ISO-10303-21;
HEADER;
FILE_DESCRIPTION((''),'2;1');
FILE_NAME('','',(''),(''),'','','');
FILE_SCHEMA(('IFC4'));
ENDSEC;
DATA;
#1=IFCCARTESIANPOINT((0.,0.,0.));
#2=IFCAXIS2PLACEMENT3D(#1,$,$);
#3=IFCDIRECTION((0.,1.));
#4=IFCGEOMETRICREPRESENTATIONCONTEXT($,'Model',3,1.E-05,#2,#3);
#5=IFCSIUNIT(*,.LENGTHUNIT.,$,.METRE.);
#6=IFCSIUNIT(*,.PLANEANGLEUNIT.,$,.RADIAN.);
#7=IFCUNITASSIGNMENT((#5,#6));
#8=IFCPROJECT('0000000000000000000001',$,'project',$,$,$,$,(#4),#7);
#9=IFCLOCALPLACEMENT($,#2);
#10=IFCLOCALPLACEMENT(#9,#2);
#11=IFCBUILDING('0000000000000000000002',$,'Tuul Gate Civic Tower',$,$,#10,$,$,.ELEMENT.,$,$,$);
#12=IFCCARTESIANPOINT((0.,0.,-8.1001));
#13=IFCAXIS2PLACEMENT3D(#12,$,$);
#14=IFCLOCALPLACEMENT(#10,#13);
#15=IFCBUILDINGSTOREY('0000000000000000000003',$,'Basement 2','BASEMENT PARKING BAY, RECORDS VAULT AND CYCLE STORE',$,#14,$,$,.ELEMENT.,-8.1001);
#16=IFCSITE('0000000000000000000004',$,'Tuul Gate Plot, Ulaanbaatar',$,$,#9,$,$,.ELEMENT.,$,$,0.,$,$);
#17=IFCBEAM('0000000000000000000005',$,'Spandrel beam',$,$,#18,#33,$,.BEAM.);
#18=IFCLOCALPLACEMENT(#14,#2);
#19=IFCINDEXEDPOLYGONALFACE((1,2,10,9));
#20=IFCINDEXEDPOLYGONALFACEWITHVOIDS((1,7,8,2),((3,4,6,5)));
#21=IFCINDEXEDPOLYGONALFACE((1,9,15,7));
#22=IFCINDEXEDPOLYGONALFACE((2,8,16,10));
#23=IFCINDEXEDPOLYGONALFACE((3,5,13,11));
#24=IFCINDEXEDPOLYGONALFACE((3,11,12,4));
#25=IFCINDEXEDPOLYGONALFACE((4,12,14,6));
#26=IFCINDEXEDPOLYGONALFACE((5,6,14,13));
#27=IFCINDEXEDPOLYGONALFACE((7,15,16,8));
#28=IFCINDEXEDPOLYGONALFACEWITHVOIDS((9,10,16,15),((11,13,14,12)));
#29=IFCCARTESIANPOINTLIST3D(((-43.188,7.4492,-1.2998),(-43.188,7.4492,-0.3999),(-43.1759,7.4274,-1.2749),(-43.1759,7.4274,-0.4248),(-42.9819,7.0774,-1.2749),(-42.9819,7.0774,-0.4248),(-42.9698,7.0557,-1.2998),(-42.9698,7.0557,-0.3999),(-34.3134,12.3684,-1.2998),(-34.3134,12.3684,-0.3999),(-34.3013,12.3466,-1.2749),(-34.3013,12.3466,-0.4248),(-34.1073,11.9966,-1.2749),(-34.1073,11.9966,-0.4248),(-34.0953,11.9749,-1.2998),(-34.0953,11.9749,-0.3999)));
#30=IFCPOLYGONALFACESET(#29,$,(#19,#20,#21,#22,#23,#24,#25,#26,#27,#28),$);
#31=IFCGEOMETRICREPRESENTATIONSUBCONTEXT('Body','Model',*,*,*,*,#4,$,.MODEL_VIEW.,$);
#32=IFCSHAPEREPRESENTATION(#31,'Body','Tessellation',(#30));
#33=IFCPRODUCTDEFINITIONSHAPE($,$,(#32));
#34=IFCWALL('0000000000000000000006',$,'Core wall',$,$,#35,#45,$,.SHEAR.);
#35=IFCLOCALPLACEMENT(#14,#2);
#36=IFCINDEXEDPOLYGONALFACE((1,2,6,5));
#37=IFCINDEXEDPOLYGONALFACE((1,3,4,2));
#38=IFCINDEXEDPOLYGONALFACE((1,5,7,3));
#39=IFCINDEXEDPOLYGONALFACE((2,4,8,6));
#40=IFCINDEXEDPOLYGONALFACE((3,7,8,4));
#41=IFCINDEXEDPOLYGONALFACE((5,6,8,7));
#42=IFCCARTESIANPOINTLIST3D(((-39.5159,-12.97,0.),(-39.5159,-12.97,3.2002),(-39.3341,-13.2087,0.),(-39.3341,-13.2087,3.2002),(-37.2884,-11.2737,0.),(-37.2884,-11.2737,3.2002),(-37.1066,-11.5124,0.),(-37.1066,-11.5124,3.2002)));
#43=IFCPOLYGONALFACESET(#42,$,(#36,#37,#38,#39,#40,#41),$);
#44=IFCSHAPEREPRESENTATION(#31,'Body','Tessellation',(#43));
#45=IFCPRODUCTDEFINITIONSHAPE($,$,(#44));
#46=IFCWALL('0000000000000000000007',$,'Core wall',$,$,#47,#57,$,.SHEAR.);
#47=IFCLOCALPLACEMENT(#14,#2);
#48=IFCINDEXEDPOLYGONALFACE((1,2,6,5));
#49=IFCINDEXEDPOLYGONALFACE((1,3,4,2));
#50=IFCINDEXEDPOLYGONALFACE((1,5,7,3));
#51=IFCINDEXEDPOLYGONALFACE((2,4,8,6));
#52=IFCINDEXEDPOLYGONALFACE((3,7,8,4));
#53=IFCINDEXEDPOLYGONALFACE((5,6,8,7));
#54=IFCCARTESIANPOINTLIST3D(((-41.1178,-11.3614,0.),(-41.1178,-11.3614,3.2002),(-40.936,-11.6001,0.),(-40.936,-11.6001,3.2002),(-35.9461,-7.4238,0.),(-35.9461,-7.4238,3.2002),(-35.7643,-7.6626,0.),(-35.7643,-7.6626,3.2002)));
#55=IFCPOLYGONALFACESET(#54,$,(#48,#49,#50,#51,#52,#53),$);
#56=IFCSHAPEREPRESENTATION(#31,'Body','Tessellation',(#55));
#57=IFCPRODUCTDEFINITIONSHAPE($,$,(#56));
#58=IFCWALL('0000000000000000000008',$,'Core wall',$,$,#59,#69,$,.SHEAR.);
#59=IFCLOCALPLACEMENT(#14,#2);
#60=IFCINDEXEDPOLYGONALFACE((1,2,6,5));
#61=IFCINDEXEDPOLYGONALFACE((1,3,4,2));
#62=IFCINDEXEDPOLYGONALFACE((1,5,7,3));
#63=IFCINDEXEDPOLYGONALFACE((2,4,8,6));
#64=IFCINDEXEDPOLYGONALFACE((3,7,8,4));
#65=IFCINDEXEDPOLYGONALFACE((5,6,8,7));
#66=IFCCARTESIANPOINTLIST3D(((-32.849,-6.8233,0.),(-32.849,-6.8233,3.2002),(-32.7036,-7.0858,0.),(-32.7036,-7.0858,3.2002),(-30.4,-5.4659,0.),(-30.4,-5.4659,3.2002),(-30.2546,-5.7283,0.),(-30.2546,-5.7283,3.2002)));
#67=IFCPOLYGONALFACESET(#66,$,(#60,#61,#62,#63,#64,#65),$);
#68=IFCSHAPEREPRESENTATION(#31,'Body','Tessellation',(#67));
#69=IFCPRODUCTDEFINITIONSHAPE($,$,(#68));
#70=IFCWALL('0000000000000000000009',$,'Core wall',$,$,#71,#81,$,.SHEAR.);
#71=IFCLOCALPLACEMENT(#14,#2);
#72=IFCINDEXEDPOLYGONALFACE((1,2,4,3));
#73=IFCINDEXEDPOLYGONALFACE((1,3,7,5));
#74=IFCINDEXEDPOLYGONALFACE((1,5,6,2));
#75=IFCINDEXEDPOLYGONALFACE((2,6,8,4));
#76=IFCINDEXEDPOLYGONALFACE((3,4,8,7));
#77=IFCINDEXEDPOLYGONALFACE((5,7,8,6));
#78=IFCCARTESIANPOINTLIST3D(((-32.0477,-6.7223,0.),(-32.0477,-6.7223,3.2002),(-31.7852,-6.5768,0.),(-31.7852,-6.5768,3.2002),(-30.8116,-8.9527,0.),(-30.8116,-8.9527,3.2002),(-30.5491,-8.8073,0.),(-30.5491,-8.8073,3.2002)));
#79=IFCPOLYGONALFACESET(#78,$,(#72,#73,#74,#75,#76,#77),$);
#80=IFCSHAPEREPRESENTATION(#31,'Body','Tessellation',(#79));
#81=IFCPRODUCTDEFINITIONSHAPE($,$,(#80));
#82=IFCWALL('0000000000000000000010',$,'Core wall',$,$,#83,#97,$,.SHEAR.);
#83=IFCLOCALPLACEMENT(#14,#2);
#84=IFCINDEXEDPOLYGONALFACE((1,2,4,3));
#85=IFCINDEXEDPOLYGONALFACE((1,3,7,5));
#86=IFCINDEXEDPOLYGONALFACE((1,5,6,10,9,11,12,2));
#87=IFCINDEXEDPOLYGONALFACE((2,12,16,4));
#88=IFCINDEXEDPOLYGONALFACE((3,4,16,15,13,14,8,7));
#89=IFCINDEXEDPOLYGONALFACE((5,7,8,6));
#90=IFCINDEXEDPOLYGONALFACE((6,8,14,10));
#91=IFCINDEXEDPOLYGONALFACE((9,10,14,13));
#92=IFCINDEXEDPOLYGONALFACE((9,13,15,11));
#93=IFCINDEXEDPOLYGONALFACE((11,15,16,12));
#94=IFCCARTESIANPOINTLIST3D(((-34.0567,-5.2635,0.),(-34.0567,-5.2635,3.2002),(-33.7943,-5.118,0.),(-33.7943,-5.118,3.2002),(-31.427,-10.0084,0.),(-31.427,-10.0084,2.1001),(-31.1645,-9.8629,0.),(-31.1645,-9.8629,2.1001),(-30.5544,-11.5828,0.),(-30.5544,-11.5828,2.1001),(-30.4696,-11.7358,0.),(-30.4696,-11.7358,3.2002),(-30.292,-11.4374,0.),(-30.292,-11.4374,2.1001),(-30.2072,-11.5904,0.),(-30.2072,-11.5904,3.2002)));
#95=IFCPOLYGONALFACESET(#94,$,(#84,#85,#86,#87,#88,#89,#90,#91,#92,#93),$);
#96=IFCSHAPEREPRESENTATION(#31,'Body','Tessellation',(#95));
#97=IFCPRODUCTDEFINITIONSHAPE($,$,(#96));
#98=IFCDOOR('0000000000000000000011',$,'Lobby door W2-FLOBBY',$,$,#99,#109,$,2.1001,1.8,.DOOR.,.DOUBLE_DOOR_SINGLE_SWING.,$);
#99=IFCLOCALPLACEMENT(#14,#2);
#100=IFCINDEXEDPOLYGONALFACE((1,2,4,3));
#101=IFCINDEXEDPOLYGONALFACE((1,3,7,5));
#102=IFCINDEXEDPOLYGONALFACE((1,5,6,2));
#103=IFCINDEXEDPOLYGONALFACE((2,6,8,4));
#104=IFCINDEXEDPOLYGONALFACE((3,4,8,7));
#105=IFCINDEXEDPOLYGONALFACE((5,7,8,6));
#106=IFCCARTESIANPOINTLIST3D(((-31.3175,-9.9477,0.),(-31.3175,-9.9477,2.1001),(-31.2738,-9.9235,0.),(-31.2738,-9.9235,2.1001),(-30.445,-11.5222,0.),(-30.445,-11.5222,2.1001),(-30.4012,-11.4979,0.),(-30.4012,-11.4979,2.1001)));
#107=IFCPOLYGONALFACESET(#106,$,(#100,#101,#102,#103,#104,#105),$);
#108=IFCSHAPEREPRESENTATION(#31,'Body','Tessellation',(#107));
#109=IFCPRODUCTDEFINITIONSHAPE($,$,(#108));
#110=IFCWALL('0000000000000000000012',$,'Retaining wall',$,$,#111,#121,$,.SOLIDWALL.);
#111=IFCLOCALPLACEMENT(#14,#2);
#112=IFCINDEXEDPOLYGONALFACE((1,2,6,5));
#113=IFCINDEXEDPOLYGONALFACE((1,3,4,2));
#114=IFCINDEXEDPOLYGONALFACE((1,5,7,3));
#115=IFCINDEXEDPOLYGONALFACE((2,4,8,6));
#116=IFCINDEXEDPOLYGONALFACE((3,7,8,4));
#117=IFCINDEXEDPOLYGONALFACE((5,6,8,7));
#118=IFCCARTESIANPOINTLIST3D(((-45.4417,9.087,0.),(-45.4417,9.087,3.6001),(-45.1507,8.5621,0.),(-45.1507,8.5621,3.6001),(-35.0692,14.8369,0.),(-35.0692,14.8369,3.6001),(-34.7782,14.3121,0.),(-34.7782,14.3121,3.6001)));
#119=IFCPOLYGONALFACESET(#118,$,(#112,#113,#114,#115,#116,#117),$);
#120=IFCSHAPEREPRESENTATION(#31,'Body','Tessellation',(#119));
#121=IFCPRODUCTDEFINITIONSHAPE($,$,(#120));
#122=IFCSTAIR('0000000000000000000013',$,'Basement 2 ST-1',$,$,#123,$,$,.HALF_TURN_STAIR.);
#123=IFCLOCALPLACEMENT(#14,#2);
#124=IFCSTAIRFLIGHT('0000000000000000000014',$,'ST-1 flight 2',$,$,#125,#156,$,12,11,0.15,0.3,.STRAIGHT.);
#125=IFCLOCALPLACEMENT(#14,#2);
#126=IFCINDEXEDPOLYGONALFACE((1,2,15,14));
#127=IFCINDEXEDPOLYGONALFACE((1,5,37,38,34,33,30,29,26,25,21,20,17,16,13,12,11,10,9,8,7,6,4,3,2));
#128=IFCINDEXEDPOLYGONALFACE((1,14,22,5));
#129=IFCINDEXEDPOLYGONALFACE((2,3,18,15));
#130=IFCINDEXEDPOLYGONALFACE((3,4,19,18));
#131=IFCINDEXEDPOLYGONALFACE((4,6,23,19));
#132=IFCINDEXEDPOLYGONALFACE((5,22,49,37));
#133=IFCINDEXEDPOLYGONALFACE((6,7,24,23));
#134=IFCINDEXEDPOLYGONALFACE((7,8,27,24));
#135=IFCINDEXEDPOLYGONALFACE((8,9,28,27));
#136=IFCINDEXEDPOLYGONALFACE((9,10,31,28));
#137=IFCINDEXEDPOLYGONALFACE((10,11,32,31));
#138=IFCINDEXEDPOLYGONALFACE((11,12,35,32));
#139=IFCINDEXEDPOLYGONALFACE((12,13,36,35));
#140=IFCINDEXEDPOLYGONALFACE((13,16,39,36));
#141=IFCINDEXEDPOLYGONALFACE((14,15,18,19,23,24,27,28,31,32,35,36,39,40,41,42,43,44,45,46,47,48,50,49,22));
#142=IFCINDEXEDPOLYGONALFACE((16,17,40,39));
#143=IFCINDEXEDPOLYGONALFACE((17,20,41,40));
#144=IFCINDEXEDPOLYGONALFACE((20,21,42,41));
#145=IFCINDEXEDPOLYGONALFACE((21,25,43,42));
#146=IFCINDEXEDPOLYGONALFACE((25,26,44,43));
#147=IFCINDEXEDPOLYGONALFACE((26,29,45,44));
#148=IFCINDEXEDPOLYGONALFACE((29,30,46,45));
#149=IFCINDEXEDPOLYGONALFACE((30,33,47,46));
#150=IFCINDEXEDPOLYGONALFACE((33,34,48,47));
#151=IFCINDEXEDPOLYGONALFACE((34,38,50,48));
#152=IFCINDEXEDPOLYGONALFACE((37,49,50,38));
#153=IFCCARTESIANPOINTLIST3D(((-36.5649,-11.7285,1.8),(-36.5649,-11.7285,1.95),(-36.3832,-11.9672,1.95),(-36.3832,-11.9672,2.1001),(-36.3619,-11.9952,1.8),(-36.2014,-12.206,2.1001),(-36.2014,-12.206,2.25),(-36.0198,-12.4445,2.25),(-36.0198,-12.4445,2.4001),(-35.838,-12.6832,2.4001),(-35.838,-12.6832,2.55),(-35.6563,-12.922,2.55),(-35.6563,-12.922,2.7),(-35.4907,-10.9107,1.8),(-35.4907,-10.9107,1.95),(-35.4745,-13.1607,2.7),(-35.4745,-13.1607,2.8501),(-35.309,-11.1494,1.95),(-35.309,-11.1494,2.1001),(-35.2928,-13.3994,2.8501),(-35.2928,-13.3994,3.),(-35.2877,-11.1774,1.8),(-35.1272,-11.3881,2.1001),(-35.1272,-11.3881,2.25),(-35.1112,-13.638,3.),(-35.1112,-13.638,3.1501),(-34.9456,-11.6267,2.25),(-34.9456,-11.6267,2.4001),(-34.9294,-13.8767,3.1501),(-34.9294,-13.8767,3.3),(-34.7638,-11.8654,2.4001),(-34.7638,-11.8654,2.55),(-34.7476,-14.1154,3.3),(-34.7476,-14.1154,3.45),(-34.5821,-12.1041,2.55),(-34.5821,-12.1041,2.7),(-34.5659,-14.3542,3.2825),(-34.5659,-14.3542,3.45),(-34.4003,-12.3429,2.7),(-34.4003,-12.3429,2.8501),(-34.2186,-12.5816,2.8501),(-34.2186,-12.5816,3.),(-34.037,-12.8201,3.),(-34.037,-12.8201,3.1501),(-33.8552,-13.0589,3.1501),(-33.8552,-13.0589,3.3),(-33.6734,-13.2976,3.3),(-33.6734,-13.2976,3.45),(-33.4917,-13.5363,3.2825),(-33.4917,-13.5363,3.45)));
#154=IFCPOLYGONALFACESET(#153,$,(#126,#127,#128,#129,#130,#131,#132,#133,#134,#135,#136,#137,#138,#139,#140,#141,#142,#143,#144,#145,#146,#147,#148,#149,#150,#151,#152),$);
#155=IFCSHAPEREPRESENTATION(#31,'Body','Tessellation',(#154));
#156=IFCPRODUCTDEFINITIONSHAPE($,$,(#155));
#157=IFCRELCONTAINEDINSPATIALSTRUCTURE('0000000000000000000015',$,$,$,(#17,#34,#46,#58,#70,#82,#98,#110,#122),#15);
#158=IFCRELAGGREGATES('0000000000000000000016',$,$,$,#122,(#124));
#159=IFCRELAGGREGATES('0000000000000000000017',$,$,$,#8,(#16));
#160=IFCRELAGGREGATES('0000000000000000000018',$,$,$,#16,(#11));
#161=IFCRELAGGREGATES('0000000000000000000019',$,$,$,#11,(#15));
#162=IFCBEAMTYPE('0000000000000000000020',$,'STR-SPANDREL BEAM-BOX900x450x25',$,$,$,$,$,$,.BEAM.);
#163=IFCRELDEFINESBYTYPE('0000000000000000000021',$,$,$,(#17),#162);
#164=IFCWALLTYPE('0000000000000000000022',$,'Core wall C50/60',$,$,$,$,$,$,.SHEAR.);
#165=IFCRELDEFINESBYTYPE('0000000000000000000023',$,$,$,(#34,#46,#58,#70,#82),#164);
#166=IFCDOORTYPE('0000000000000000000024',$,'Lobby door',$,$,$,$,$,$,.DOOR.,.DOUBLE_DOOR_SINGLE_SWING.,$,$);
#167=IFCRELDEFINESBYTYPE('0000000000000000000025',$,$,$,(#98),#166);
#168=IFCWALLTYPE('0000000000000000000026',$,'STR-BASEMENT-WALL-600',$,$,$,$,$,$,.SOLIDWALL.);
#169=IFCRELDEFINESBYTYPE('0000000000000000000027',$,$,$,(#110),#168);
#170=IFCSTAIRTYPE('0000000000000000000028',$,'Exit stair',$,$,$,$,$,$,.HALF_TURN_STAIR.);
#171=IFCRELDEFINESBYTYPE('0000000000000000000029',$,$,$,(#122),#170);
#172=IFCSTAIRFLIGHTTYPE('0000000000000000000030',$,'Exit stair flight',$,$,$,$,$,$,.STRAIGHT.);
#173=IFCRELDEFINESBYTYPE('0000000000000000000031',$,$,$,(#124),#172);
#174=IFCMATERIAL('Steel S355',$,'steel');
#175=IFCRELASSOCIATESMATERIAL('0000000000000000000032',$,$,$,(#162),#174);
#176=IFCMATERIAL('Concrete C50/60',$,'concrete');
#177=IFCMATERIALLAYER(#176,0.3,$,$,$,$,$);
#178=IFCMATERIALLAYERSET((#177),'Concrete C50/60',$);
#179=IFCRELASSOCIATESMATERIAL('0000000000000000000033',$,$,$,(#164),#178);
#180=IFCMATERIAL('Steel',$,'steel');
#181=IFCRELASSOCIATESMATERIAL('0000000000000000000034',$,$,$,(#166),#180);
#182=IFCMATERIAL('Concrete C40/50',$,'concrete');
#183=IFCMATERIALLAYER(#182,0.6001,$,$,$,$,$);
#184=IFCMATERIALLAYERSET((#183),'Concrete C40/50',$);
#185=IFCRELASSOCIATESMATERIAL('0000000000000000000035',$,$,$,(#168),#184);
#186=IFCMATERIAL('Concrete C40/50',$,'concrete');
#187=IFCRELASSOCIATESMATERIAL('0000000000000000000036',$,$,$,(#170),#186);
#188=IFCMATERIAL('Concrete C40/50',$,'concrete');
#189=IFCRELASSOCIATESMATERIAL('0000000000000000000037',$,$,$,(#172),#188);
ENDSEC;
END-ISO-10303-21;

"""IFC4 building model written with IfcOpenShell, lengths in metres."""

from ifc_helpers import new_model, si_unit, direction, frame, frame_2d, origin, origin_2d, place, context, subcontext, project, spatial, polyline, rectangle, hollow_rectangle, outline, extrude, material, layer, layer_set, material_profile, profile_set, type_object, element, fill, aggregate, save


model = new_model("IFC4")

# Units and contexts
model_context = context("Model", 3, precision=1e-05, world=origin(), true_north=direction((0.0, 1.0)))
body_context = subcontext(model_context, "Body", "Model", "MODEL_VIEW")
ifc_project = project(units=[si_unit("LENGTHUNIT", "METRE"), si_unit("PLANEANGLEUNIT", "RADIAN")], contexts=[model_context])

# Site, building, storey
site_placement = place(None, origin())
site = spatial("IfcSite", under=ifc_project, at=site_placement, Name="Tuul Gate Plot, Ulaanbaatar", CompositionType="ELEMENT", RefElevation=0.0)
building_placement = place(site_placement, origin())
building = spatial("IfcBuilding", under=site, at=building_placement, Name="Tuul Gate Civic Tower", CompositionType="ELEMENT")
storey_placement = place(building_placement, frame((0.0, 0.0, -8.1001)))
storey = spatial("IfcBuildingStorey", under=building, at=storey_placement, Name="Basement 2", Description="BASEMENT PARKING BAY, RECORDS VAULT AND CYCLE STORE", CompositionType="ELEMENT", Elevation=-8.1001)

# Beam
ifc_material_1 = material(Name="Steel S355", Category="steel")
ifc_material_profile_1 = material_profile(ifc_material_1, hollow_rectangle(XDim=0.45, YDim=0.8999, WallThickness=0.0249, at=origin_2d()), Name="BOX900x450x25")
ifc_profile_set_1 = profile_set([ifc_material_profile_1], Name="Steel S355")
beam_type_1 = type_object("IfcBeamType", Name="STR-SPANDREL BEAM-BOX900x450x25", PredefinedType="BEAM", material=ifc_profile_set_1)
beam_1_placement = place(storey_placement, frame((-34.2043, 12.1716, -0.8499), z_axis=(-0.874621, -0.484807, 0.0), x_axis=(0.484807, -0.874621, 0.0)))
element("IfcBeam", 1, at=beam_1_placement, inside=storey, type_object=beam_type_1, Name="Spandrel beam", PredefinedType="BEAM", context=body_context, shape_type="SweptSolid", body=[
    extrude(hollow_rectangle(XDim=0.45, YDim=0.8999, WallThickness=0.0249, at=origin_2d()), origin(), (0.0, 0.0, 1.0), 10.1467),
])

# Walls
ifc_material_2 = material(Name="Concrete C50/60", Category="concrete")
ifc_layer_1 = layer(ifc_material_2, 0.3)
ifc_layer_set_1 = layer_set([ifc_layer_1], Name="Concrete C50/60")
wall_type_1 = type_object("IfcWallType", Name="Core wall C50/60", PredefinedType="SHEAR", material=ifc_layer_set_1)
wall_1_placement = place(storey_placement, frame((-37.1975, -11.3931, 0.0), z_axis=(0.0, 0.0, 1.0), x_axis=(-0.795584, -0.605844, 0.0)))
element("IfcWall", 2, at=wall_1_placement, inside=storey, type_object=wall_type_1, Name="Core wall", PredefinedType="SHEAR", context=body_context, shape_type="SweptSolid", body=[
    extrude(rectangle(XDim=2.7998, YDim=0.3, at=frame_2d((1.3999, 0.0))), origin(), (0.0, 0.0, 1.0), 3.2002),
])
wall_2_placement = place(storey_placement, frame((-35.8552, -7.5432, 0.0), z_axis=(0.0, 0.0, 1.0), x_axis=(-0.795639, -0.605772, 0.0)))
element("IfcWall", 3, at=wall_2_placement, inside=storey, type_object=wall_type_1, Name="Core wall", PredefinedType="SHEAR", context=body_context, shape_type="SweptSolid", body=[
    extrude(rectangle(XDim=6.5, YDim=0.3, at=frame_2d((3.25, 0.0))), origin(), (0.0, 0.0, 1.0), 3.2002),
])
wall_3_placement = place(storey_placement, frame((-30.3274, -5.5972, 0.0), z_axis=(0.0, 0.0, 1.0), x_axis=(-0.87463, -0.484791, 0.0)))
element("IfcWall", 4, at=wall_3_placement, inside=storey, type_object=wall_type_1, Name="Core wall", PredefinedType="SHEAR", context=body_context, shape_type="SweptSolid", body=[
    extrude(rectangle(XDim=2.8, YDim=0.3, at=frame_2d((1.3999, 0.0))), origin(), (0.0, 0.0, 1.0), 3.2002),
])
wall_4_placement = place(storey_placement, frame((-30.6804, -8.8799, 0.0), z_axis=(0.0, 0.0, 1.0), x_axis=(-0.484724, 0.874667, 0.0)))
element("IfcWall", 5, at=wall_4_placement, inside=storey, type_object=wall_type_1, Name="Core wall", PredefinedType="SHEAR", context=body_context, shape_type="SweptSolid", body=[
    extrude(rectangle(XDim=2.55, YDim=0.3, at=frame_2d((1.2749, 0.0))), origin(), (0.0, 0.0, 1.0), 3.2002),
])

# Wall, opening, door
wall_5_placement = place(storey_placement, frame((-30.3384, -11.6631, 0.0), z_axis=(0.0, 0.0, 1.0), x_axis=(-0.484752, 0.874652, 0.0)))
wall_5 = element("IfcWall", 6, at=wall_5_placement, inside=storey, type_object=wall_type_1, Name="Core wall", PredefinedType="SHEAR", context=body_context, shape_type="SweptSolid", body=[
    extrude(rectangle(XDim=7.3999, YDim=0.3, at=frame_2d((3.7, 0.0))), origin(), (0.0, 0.0, 1.0), 3.2002),
])
opening_placement = place(wall_5_placement, frame((0.175, 0.0, 0.0)))
opening = element("IfcOpeningElement", 7, at=opening_placement, cuts=wall_5, PredefinedType="OPENING", context=body_context, shape_type="SweptSolid", body=[
    extrude(rectangle(XDim=1.8, YDim=2.1001, at=frame_2d((0.8999, 1.05))), frame((0.0, 0.1602, 0.0), z_axis=(0.0, -1.0, 0.0), x_axis=(1.0, 0.0, 0.0)), (0.0, 0.0, 1.0), 0.3201),
])
ifc_material_3 = material(Name="Steel", Category="steel")
door_type = type_object("IfcDoorType", Name="Lobby door", OperationType="DOUBLE_DOOR_SINGLE_SWING", PredefinedType="DOOR", material=ifc_material_3)
door_placement = place(opening_placement, origin())
door = element("IfcDoor", 8, at=door_placement, inside=storey, type_object=door_type, Name="Lobby door W2-FLOBBY", OperationType="DOUBLE_DOOR_SINGLE_SWING", OverallHeight=2.1001, OverallWidth=1.8, PredefinedType="DOOR", context=body_context, shape_type="SweptSolid", body=[
    extrude(rectangle(XDim=1.8, YDim=2.1001, at=frame_2d((0.8999, 1.05))), frame((0.0, 0.0249, 0.0), z_axis=(0.0, -1.0, 0.0), x_axis=(1.0, 0.0, 0.0)), (0.0, 0.0, 1.0), 0.05),
])
fill(opening, door)

# Wall
ifc_material_4 = material(Name="Concrete C40/50", Category="concrete")
ifc_layer_2 = layer(ifc_material_4, 0.6001)
ifc_layer_set_2 = layer_set([ifc_layer_2], Name="Concrete C40/50")
wall_type_2 = type_object("IfcWallType", Name="STR-BASEMENT-WALL-600", PredefinedType="SOLIDWALL", material=ifc_layer_set_2)
wall_6_placement = place(storey_placement, frame((-34.9238, 14.5745, 0.0), z_axis=(0.0, 0.0, 1.0), x_axis=(-0.874606, -0.484835, 0.0)))
element("IfcWall", 9, at=wall_6_placement, inside=storey, type_object=wall_type_2, Name="Retaining wall", PredefinedType="SOLIDWALL", context=body_context, shape_type="SweptSolid", body=[
    extrude(rectangle(XDim=11.8596, YDim=0.6001, at=frame_2d((5.9297, 0.0))), origin(), (0.0, 0.0, 1.0), 3.6001),
])

# Stair, stair flight
ifc_material_5 = material(Name="Concrete C40/50", Category="concrete")
stair_type = type_object("IfcStairType", Name="Exit stair", PredefinedType="HALF_TURN_STAIR", material=ifc_material_5)
stair_1_placement = place(storey_placement, origin())
stair_1 = element("IfcStair", 10, at=stair_1_placement, inside=storey, type_object=stair_type, Name="Basement 2 ST-1", PredefinedType="HALF_TURN_STAIR")
ifc_material_6 = material(Name="Concrete C40/50", Category="concrete")
stair_flight_type = type_object("IfcStairFlightType", Name="Exit stair flight", PredefinedType="STRAIGHT", material=ifc_material_6)
stair_flight_1_placement = place(storey_placement, frame((-36.0278, -11.3196, 1.8), z_axis=(0.0, 0.0, 1.0), x_axis=(0.605764, -0.795644, 0.0)))
stair_flight_1 = element("IfcStairFlight", 11, at=stair_flight_1_placement, type_object=stair_flight_type, Name="ST-1 flight 2", NumberOfRisers=12, NumberOfTreads=11, PredefinedType="STRAIGHT", RiserHeight=0.15, TreadLength=0.3, context=body_context, shape_type="SweptSolid", body=[
    extrude(outline(polyline([(0.0, 0.0), (0.0, 0.1499), (0.3, 0.1499), (0.3, 0.3), (0.6001, 0.3), (0.6001, 0.45), (0.8999, 0.45), (0.8999, 0.6001), (1.2, 0.6001), (1.2, 0.75), (1.5, 0.75), (1.5, 0.8999), (1.8, 0.8999), (1.8, 1.05), (2.1001, 1.05), (2.1001, 1.2), (2.3999, 1.2), (2.3999, 1.3501), (2.7, 1.3501), (2.7, 1.5), (3.0, 1.5), (3.0, 1.6499), (3.3, 1.6499), (3.3, 1.8), (3.3, 1.4824), (0.3352, 0.0), (0.0, 0.0)])), frame((0.0, 0.675, 0.0), z_axis=(0.0, -1.0, 0.0), x_axis=(1.0, 0.0, 0.0)), (0.0, 0.0, 1.0), 1.3501),
])
aggregate(stair_1, [stair_flight_1])

save(model, "model.ifc")
